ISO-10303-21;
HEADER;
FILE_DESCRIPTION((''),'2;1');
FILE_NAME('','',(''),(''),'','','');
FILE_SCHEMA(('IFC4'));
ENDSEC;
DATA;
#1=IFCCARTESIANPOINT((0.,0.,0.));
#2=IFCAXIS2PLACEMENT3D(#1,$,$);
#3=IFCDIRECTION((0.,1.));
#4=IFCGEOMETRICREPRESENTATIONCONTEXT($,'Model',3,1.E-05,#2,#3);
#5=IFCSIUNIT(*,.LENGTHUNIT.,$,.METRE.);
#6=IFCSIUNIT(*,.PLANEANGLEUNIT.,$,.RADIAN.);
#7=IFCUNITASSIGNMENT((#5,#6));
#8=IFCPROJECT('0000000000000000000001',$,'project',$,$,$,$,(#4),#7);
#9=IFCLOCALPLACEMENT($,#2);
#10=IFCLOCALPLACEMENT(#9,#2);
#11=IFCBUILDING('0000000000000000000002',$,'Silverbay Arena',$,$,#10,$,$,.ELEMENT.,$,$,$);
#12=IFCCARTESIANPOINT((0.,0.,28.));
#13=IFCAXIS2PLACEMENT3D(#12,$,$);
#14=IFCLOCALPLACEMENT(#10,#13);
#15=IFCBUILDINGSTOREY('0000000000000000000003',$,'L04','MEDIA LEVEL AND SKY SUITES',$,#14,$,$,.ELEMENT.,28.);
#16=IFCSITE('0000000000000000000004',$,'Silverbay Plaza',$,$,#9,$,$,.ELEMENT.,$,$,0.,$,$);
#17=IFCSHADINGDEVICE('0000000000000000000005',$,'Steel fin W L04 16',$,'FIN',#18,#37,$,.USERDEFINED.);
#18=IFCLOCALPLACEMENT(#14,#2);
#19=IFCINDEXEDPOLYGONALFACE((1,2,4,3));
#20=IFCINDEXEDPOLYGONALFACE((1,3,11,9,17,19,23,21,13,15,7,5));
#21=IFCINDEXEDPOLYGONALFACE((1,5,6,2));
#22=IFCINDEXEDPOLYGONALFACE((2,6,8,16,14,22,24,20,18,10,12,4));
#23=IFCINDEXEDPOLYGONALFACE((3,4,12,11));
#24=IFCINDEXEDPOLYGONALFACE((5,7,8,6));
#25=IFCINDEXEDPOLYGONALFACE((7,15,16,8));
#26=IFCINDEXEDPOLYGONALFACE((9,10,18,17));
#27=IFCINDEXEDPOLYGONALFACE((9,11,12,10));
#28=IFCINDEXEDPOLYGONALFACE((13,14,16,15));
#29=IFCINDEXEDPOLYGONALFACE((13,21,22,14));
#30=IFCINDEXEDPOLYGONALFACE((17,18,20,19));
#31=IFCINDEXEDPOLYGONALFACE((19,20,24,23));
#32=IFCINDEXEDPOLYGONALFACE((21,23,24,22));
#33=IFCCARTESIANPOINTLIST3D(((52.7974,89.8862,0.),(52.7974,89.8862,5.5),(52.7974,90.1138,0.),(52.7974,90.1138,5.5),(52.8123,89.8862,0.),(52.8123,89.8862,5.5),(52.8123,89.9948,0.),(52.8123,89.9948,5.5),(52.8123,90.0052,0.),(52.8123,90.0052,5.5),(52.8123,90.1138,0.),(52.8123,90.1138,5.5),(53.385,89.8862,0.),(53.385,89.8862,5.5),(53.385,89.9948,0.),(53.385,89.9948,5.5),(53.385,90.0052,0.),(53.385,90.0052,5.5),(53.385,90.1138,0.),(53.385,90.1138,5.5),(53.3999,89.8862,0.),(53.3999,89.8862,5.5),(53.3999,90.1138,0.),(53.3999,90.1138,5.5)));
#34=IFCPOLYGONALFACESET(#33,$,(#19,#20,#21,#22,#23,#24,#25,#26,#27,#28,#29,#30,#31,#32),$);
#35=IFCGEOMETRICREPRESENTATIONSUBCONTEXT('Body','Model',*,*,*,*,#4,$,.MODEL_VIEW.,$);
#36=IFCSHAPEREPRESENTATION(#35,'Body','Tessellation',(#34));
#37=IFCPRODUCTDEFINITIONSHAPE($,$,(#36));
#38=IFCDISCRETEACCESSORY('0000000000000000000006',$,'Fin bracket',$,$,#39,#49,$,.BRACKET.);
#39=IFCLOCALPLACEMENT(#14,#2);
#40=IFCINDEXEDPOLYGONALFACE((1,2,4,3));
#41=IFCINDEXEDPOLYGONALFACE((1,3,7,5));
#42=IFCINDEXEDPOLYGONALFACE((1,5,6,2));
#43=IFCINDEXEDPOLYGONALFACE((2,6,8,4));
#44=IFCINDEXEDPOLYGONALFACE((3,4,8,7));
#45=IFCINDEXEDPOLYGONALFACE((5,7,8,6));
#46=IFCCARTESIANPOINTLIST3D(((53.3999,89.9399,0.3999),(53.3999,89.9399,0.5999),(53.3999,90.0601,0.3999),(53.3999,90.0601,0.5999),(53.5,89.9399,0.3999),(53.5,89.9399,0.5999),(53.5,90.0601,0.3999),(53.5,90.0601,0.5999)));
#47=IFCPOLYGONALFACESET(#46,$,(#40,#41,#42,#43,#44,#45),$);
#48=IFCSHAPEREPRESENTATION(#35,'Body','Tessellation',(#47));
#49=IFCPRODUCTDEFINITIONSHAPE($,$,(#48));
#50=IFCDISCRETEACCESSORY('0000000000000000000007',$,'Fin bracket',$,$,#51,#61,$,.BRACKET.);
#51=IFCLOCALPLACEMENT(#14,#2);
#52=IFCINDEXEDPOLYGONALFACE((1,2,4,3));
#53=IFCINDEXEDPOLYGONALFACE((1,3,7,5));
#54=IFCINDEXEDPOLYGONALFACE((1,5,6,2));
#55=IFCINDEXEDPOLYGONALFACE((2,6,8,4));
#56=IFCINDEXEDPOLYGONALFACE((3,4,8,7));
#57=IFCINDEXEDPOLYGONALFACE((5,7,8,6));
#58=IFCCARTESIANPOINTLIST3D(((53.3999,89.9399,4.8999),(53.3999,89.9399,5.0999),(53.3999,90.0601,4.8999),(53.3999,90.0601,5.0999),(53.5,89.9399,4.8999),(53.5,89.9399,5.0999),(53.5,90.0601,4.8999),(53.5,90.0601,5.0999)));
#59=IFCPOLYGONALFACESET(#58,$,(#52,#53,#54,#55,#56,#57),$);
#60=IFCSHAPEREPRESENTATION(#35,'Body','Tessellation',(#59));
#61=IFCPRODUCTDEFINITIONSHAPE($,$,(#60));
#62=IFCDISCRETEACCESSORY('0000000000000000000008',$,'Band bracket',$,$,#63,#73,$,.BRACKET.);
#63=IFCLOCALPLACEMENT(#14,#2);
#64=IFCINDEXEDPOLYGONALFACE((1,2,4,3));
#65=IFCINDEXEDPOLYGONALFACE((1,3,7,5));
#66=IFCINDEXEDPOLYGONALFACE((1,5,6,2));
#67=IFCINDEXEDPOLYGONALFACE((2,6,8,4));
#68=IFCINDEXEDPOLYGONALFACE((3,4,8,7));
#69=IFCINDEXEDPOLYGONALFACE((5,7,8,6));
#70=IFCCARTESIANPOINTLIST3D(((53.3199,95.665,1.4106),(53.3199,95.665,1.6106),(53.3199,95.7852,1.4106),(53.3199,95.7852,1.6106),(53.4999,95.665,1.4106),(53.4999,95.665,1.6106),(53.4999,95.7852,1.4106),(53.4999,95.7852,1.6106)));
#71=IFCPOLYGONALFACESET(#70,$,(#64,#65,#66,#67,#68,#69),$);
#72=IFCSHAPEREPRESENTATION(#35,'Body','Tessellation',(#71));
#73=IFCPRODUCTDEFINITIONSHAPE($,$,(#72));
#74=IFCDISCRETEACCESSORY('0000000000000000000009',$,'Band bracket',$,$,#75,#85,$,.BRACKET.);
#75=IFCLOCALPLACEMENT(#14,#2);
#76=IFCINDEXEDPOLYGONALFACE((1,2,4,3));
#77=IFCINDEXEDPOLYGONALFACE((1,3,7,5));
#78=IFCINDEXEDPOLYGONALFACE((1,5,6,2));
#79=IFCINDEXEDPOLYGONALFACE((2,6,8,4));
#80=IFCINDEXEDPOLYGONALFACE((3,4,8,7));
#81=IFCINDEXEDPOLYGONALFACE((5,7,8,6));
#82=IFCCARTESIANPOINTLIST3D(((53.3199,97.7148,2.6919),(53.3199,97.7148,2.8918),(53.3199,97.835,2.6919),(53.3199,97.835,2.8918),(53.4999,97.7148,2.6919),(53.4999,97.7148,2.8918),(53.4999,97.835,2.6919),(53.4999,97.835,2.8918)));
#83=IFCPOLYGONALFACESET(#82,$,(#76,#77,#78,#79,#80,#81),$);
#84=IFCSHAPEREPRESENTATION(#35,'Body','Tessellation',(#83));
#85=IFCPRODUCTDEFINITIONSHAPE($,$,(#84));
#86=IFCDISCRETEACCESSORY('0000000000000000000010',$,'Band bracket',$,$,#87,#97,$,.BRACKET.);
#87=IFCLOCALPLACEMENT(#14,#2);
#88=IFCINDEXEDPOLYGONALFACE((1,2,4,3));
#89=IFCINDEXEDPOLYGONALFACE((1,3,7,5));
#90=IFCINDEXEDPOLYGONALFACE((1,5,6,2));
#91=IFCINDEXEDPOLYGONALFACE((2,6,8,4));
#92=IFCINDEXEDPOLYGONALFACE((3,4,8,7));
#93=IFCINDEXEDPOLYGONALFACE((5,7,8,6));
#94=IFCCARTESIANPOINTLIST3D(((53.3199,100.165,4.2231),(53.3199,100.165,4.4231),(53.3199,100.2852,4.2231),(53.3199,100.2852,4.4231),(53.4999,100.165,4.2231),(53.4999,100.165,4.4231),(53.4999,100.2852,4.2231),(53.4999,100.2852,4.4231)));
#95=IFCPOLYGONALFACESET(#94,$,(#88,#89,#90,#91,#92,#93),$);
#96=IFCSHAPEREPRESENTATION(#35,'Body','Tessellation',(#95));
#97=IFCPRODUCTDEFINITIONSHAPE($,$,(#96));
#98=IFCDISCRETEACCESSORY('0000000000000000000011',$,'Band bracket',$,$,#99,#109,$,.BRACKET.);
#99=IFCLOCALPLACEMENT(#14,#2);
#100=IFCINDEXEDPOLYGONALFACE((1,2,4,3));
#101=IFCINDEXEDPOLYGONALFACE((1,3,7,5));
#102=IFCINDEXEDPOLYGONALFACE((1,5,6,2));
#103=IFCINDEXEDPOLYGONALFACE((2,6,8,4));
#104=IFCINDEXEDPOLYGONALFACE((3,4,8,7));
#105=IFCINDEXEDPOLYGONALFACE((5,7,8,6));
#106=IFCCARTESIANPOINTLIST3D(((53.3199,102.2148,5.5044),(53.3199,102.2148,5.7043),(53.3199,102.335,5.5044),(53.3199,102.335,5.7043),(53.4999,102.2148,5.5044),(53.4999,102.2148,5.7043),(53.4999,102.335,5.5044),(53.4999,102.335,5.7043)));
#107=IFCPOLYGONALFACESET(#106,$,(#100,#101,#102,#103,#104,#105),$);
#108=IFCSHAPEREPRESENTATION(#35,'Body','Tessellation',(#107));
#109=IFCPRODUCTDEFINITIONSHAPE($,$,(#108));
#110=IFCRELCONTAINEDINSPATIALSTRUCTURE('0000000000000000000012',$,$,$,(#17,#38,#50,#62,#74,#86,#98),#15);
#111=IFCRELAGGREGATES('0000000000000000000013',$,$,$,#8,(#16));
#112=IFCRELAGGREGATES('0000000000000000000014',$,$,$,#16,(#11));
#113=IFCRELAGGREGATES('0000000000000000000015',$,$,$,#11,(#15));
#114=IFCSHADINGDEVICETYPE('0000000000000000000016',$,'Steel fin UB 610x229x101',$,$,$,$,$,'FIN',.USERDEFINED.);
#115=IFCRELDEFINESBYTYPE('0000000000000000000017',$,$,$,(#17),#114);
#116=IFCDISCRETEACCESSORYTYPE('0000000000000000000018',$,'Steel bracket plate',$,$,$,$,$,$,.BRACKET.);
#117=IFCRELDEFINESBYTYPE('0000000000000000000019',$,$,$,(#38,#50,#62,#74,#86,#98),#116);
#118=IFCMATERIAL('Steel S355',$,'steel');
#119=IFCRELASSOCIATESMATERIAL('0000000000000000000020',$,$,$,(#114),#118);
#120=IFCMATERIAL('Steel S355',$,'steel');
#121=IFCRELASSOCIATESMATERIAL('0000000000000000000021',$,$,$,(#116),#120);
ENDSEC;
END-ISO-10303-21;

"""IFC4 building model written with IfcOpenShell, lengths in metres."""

from ifc_helpers import new_model, si_unit, direction, frame, origin, origin_2d, place, context, subcontext, project, spatial, rectangle, i_section, extrude, material, material_profile, profile_set, type_object, element, save


model = new_model("IFC4")

# Units and contexts
model_context = context("Model", 3, precision=1e-05, world=origin(), true_north=direction((0.0, 1.0)))
body_context = subcontext(model_context, "Body", "Model", "MODEL_VIEW")
ifc_project = project(units=[si_unit("LENGTHUNIT", "METRE"), si_unit("PLANEANGLEUNIT", "RADIAN")], contexts=[model_context])

# Site, building, storey
site_placement = place(None, origin())
site = spatial("IfcSite", under=ifc_project, at=site_placement, Name="Silverbay Plaza", CompositionType="ELEMENT", RefElevation=0.0)
building_placement = place(site_placement, origin())
building = spatial("IfcBuilding", under=site, at=building_placement, Name="Silverbay Arena", CompositionType="ELEMENT")
storey_placement = place(building_placement, frame((0.0, 0.0, 28.0)))
storey = spatial("IfcBuildingStorey", under=building, at=storey_placement, Name="L04", Description="MEDIA LEVEL AND SKY SUITES", CompositionType="ELEMENT", Elevation=28.0)

# Shading device
ifc_material_1 = material(Name="Steel S355", Category="steel")
ifc_material_profile_1 = material_profile(ifc_material_1, i_section(OverallWidth=0.2275, OverallDepth=0.6025, WebThickness=0.0105, FlangeThickness=0.0149, at=origin_2d()), Name="UB 610x229x101")
ifc_profile_set_1 = profile_set([ifc_material_profile_1], Name="Steel S355")
shading_device_type = type_object("IfcShadingDeviceType", Name="Steel fin UB 610x229x101", ElementType="FIN", PredefinedType="USERDEFINED", material=ifc_profile_set_1)
shading_device_placement = place(storey_placement, frame((53.0986, 90.0, 0.0), z_axis=(0.0, 0.0, 1.0), x_axis=(0.0, 1.0, 0.0)))
element("IfcShadingDevice", 1, at=shading_device_placement, inside=storey, type_object=shading_device_type, Name="Steel fin W L04 16", ObjectType="FIN", PredefinedType="USERDEFINED", context=body_context, shape_type="SweptSolid", body=[
    extrude(i_section(OverallWidth=0.2275, OverallDepth=0.6025, WebThickness=0.0105, FlangeThickness=0.0149, at=origin_2d()), origin(), (0.0, 0.0, 1.0), 5.5),
])

# Discrete accessories
ifc_material_2 = material(Name="Steel S355", Category="steel")
discrete_accessory_type = type_object("IfcDiscreteAccessoryType", Name="Steel bracket plate", PredefinedType="BRACKET", material=ifc_material_2)
for number, where, z_axis, x_axis, name in (
    (2, (53.45, 90.0, 0.3999), (0.0, 0.0, 1.0), (1.0, 0.0, 0.0), "Fin bracket"),
    (3, (53.45, 90.0, 4.8999), (0.0, 0.0, 1.0), (1.0, 0.0, 0.0), "Fin bracket"),
):
    element("IfcDiscreteAccessory", number, at=place(storey_placement, frame(where, z_axis=z_axis, x_axis=x_axis)), inside=storey, type_object=discrete_accessory_type, Name=name, PredefinedType="BRACKET", context=body_context, shape_type="SweptSolid", body=[
        extrude(rectangle(XDim=0.1001, YDim=0.1201, at=origin_2d()), origin(), (0.0, 0.0, 1.0), 0.2),
    ])
for number, where, z_axis, x_axis, name in (
    (4, (53.4099, 95.7251, 1.4106), (0.0, 0.0, 1.0), (1.0, 0.0, 0.0), "Band bracket"),
    (5, (53.4099, 97.7749, 2.6919), (0.0, 0.0, 1.0), (1.0, 0.0, 0.0), "Band bracket"),
    (6, (53.4099, 100.2251, 4.2231), (0.0, 0.0, 1.0), (1.0, 0.0, 0.0), "Band bracket"),
    (7, (53.4099, 102.2749, 5.5044), (0.0, 0.0, 1.0), (1.0, 0.0, 0.0), "Band bracket"),
):
    element("IfcDiscreteAccessory", number, at=place(storey_placement, frame(where, z_axis=z_axis, x_axis=x_axis)), inside=storey, type_object=discrete_accessory_type, Name=name, PredefinedType="BRACKET", context=body_context, shape_type="SweptSolid", body=[
        extrude(rectangle(XDim=0.1799, YDim=0.1201, at=origin_2d()), origin(), (0.0, 0.0, 1.0), 0.2),
    ])

save(model, "model.ifc")
